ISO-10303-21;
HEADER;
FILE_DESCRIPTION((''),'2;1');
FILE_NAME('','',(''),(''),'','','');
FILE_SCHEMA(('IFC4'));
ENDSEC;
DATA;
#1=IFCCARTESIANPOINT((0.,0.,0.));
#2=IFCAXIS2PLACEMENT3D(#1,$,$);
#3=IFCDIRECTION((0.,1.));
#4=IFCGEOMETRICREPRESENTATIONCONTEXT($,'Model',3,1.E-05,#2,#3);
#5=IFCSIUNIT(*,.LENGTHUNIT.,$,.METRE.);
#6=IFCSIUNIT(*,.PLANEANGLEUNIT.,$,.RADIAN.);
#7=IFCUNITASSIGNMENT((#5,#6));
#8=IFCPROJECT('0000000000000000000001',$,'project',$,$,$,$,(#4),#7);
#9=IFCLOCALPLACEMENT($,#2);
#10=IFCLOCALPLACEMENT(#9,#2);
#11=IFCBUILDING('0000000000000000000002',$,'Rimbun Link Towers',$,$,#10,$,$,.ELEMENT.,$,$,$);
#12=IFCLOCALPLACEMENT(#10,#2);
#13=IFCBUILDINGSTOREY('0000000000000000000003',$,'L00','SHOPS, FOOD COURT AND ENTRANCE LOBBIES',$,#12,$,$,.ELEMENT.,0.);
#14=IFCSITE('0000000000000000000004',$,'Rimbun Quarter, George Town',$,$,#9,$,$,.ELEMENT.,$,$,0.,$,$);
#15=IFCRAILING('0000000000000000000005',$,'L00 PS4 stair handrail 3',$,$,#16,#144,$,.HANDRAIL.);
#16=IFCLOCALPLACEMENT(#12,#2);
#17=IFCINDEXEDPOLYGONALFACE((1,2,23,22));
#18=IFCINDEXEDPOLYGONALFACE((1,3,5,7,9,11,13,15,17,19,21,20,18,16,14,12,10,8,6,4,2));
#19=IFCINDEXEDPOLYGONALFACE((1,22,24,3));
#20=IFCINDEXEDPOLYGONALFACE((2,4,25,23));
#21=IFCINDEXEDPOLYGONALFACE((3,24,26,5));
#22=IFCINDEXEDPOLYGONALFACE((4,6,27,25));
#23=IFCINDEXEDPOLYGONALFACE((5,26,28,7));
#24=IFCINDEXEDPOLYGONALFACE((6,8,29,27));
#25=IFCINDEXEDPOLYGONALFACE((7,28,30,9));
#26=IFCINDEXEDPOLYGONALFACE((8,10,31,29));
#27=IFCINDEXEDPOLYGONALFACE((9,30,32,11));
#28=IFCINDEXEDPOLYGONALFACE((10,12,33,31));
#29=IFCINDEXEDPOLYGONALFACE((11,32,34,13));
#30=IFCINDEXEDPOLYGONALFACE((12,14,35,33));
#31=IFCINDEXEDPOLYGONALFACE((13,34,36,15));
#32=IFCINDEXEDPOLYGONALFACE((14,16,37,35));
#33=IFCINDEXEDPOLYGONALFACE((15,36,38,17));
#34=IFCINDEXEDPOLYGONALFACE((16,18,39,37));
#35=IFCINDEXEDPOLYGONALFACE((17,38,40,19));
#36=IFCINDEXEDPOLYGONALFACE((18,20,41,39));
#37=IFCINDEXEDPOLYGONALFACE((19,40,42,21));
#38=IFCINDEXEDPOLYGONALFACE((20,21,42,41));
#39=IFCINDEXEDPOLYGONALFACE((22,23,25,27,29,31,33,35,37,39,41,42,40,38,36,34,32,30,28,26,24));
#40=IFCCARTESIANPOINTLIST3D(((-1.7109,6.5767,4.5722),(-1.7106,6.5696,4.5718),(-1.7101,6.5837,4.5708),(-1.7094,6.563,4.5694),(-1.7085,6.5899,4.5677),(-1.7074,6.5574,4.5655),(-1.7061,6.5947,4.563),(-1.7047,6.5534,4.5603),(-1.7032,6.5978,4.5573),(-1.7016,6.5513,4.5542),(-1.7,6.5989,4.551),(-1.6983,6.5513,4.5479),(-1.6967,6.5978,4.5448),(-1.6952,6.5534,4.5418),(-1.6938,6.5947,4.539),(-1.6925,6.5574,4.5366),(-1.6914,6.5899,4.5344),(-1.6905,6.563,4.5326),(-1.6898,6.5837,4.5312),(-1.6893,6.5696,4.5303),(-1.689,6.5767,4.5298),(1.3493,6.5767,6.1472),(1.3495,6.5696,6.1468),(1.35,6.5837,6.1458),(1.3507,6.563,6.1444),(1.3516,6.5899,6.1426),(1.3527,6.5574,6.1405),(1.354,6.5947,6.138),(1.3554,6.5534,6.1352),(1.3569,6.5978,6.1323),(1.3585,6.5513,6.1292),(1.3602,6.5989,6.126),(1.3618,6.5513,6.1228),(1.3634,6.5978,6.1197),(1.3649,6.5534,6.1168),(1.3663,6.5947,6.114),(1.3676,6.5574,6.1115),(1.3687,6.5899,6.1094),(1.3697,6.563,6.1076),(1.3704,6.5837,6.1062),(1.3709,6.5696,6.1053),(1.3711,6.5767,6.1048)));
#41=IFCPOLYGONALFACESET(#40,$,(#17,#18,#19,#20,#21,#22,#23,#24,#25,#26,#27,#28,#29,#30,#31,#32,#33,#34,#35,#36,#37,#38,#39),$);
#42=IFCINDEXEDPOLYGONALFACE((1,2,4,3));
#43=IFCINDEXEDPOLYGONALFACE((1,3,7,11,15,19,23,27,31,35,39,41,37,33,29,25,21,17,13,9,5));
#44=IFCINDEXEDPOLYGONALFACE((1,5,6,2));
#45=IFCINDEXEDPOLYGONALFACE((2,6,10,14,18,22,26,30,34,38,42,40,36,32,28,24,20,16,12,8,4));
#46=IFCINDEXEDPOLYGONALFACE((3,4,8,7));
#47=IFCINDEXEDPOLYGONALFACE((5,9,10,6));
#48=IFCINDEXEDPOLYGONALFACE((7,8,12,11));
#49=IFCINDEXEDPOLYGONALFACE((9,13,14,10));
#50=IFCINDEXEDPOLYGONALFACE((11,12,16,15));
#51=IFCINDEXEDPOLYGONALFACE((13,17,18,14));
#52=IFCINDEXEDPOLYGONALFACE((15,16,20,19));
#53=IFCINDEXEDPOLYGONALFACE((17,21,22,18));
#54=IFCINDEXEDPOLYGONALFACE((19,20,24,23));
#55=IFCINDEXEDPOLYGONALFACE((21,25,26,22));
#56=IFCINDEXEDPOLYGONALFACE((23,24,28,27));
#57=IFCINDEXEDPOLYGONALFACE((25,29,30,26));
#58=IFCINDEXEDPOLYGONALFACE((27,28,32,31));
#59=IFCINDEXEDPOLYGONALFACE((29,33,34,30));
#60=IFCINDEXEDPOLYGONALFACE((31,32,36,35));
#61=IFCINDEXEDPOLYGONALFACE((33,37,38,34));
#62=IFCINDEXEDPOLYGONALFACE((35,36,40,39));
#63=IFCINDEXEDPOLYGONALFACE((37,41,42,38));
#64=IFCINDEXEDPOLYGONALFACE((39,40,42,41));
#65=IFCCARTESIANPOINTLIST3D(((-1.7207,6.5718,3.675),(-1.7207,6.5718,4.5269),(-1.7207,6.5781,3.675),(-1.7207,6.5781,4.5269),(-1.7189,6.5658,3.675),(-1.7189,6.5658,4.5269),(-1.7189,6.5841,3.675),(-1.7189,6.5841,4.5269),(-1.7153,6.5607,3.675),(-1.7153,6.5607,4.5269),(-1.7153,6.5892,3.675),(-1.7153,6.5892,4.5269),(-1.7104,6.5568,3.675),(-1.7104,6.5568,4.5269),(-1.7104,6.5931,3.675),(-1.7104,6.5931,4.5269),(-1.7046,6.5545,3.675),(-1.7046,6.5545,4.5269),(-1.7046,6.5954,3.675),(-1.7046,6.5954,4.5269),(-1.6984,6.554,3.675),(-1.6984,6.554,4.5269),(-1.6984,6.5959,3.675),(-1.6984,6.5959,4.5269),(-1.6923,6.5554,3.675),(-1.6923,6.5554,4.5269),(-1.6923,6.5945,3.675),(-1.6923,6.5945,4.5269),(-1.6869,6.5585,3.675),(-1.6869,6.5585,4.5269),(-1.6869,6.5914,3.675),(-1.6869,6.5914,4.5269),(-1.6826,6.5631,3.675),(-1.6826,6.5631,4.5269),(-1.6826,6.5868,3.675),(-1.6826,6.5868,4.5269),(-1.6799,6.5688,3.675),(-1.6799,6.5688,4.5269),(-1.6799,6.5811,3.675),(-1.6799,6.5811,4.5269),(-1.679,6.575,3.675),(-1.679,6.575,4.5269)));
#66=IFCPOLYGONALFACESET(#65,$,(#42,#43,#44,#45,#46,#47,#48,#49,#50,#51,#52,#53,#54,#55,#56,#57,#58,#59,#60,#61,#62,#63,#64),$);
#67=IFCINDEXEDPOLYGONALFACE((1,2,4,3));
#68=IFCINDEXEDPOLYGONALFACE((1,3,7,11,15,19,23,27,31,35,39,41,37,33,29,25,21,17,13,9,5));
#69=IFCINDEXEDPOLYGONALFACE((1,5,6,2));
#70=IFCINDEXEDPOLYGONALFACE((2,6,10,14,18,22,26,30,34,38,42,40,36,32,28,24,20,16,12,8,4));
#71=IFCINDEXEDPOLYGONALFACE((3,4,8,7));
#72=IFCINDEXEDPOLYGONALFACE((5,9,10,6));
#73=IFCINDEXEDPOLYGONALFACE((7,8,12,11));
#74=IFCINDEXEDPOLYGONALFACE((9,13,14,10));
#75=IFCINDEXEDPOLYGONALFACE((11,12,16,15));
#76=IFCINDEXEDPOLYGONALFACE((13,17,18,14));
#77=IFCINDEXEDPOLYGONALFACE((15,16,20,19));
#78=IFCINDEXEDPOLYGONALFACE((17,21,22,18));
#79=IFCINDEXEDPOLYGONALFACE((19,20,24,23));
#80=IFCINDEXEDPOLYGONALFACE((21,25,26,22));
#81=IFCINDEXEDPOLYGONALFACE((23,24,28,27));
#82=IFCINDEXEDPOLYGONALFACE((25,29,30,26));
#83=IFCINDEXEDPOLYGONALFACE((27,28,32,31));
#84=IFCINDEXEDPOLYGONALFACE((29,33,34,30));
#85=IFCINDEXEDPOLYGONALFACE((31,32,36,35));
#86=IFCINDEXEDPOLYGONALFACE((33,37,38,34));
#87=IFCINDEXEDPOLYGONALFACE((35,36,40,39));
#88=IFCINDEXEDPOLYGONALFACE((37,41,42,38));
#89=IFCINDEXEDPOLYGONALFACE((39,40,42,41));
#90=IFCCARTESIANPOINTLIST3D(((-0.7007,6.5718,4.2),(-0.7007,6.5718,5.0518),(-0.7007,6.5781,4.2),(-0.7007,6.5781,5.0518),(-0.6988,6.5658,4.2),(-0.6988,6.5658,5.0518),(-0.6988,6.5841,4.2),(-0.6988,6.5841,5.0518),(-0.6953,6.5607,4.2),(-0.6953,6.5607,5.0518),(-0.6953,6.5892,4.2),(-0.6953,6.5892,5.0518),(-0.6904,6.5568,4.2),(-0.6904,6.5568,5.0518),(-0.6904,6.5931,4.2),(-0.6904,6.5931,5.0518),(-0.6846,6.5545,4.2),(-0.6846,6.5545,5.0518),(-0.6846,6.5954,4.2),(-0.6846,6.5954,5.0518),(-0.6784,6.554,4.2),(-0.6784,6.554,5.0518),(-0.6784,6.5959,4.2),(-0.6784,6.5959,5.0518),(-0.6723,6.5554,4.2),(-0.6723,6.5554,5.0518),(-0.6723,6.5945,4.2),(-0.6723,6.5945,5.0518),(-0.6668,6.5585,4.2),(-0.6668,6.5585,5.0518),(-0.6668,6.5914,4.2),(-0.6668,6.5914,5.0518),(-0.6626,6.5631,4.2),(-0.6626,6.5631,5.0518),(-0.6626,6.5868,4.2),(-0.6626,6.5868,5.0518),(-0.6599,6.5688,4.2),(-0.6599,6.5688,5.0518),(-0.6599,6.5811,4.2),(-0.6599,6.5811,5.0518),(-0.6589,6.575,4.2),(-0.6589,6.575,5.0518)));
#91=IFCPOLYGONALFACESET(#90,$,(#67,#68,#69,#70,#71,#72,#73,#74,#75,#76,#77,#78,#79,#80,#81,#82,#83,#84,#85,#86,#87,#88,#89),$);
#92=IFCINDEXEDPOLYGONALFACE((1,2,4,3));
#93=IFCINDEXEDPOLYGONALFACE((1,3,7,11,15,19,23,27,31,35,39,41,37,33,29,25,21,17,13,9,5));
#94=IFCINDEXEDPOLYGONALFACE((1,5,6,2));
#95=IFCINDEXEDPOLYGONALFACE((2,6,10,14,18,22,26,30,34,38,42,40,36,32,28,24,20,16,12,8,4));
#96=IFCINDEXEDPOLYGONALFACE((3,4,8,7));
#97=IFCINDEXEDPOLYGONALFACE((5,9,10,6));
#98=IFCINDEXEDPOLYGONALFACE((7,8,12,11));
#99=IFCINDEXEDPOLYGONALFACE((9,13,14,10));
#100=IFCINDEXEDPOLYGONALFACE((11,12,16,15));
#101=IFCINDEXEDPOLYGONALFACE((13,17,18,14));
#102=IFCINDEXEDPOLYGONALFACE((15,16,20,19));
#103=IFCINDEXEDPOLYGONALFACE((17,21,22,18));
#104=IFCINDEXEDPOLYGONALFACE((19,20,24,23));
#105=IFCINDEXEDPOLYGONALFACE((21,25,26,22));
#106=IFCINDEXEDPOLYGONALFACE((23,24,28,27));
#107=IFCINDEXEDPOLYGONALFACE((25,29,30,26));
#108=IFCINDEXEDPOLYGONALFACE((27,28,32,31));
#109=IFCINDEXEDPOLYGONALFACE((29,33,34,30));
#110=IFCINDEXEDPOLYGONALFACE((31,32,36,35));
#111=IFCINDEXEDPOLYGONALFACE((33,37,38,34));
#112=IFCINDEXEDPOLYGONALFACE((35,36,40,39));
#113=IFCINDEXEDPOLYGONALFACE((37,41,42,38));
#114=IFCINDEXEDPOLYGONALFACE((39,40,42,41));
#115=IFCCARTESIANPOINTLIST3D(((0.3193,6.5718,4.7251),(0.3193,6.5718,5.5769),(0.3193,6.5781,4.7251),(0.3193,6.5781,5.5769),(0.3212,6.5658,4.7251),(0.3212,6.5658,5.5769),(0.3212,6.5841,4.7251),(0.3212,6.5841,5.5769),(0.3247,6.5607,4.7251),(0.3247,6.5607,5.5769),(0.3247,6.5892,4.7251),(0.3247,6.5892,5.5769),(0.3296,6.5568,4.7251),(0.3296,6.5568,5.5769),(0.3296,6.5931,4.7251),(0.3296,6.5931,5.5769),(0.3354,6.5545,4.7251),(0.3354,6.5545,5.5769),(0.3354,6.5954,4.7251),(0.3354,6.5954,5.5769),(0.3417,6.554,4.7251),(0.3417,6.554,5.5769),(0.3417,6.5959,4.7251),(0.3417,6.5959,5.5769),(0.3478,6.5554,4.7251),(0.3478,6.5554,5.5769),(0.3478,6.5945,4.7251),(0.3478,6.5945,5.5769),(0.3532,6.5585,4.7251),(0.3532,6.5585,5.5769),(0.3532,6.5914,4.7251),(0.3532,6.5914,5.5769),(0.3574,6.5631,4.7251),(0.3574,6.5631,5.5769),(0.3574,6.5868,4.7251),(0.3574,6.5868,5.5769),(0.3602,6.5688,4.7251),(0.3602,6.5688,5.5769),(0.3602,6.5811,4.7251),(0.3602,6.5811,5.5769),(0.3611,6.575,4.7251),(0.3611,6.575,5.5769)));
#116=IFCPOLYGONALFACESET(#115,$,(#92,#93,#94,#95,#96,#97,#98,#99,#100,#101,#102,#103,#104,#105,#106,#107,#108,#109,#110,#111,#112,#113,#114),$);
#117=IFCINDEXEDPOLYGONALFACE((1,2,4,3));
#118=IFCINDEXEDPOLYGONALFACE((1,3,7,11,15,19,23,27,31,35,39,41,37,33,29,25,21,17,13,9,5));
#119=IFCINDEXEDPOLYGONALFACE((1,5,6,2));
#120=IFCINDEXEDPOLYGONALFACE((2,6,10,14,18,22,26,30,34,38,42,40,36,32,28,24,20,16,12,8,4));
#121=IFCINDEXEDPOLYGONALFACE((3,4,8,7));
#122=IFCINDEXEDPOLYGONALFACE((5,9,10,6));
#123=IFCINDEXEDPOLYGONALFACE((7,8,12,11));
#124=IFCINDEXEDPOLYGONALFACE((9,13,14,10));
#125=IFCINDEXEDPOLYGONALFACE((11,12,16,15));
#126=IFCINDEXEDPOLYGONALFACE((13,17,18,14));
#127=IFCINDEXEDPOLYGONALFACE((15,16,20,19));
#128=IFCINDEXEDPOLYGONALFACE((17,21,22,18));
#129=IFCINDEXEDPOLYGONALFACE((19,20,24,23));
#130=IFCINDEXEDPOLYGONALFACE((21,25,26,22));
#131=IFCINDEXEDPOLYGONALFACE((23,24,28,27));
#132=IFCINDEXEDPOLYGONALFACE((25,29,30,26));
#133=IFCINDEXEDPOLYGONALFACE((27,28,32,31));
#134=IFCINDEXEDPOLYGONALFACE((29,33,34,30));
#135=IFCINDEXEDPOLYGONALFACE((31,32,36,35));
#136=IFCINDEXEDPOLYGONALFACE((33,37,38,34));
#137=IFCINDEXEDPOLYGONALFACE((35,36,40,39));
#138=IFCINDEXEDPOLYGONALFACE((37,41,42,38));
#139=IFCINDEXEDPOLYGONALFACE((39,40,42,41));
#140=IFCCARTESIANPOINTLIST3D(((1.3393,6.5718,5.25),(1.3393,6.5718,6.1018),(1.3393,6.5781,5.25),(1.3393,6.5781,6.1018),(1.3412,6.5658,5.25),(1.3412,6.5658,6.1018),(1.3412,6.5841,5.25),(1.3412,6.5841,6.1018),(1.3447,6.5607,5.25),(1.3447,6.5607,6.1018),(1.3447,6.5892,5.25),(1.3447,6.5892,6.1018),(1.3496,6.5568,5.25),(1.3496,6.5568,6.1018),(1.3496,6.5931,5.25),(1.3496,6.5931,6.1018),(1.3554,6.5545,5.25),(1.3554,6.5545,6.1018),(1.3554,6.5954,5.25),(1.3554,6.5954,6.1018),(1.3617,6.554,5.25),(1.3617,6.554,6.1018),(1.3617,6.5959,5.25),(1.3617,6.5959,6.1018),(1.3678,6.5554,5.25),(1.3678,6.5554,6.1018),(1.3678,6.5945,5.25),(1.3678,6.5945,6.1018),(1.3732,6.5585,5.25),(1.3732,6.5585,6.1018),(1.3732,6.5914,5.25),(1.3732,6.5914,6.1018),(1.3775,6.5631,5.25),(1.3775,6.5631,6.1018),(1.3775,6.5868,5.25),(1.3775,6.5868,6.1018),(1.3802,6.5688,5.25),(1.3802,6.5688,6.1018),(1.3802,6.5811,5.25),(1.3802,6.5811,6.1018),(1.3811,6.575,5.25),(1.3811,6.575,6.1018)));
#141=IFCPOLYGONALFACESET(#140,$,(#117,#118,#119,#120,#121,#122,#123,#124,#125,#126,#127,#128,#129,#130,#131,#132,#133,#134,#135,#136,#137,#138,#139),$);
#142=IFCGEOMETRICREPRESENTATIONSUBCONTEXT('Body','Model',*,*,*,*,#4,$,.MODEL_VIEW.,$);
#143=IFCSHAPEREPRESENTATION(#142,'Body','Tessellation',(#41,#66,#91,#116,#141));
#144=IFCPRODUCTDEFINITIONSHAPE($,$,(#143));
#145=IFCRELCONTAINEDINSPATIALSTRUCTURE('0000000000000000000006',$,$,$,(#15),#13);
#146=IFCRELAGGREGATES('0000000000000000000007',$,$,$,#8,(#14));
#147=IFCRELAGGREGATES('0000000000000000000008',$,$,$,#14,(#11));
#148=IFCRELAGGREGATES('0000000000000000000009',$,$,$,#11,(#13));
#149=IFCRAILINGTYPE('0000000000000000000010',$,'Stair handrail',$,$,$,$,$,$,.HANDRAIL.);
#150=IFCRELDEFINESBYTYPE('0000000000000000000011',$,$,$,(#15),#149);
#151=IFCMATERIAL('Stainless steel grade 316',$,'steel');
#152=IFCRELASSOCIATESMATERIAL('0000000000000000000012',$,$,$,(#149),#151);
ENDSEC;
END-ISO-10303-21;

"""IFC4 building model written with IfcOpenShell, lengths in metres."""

from ifc_helpers import new_model, si_unit, direction, frame, origin, origin_2d, place, context, subcontext, project, spatial, circle, extrude, material, type_object, element, save


model = new_model("IFC4")

# Units and contexts
model_context = context("Model", 3, precision=1e-05, world=origin(), true_north=direction((0.0, 1.0)))
body_context = subcontext(model_context, "Body", "Model", "MODEL_VIEW")
ifc_project = project(units=[si_unit("LENGTHUNIT", "METRE"), si_unit("PLANEANGLEUNIT", "RADIAN")], contexts=[model_context])

# Site, building, storey
site_placement = place(None, origin())
site = spatial("IfcSite", under=ifc_project, at=site_placement, Name="Rimbun Quarter, George Town", CompositionType="ELEMENT", RefElevation=0.0)
building_placement = place(site_placement, origin())
building = spatial("IfcBuilding", under=site, at=building_placement, Name="Rimbun Link Towers", CompositionType="ELEMENT")
storey_placement = place(building_placement, origin())
storey = spatial("IfcBuildingStorey", under=building, at=storey_placement, Name="L00", Description="SHOPS, FOOD COURT AND ENTRANCE LOBBIES", CompositionType="ELEMENT", Elevation=0.0)

# Railing
ifc_material_1 = material(Name="Stainless steel grade 316", Category="steel")
railing_type_1 = type_object("IfcRailingType", Name="Stair handrail", PredefinedType="HANDRAIL", material=ifc_material_1)
for number, where, name in (
    (1, (-1.7, 6.575, 3.675), "L00 PS4 stair handrail 3"),
):
    element("IfcRailing", number, at=place(storey_placement, frame(where)), inside=storey, type_object=railing_type_1, Name=name, PredefinedType="HANDRAIL", context=body_context, shape_type="SweptSolid", body=[
        extrude(circle(Radius=0.0239, at=origin_2d()), frame((0.0, 0.0, 0.876), z_axis=(0.889145, 0.0, 0.457625), x_axis=(0.0, 1.0, 0.0)), (0.0, 0.0, 1.0), 3.4417),
        extrude(circle(Radius=0.021, at=origin_2d()), origin(), (0.0, 0.0, 1.0), 0.8518),
        extrude(circle(Radius=0.021, at=origin_2d()), frame((1.02, 0.0, 0.5249)), (0.0, 0.0, 1.0), 0.8518),
        extrude(circle(Radius=0.021, at=origin_2d()), frame((2.04, 0.0, 1.05)), (0.0, 0.0, 1.0), 0.8518),
        extrude(circle(Radius=0.021, at=origin_2d()), frame((3.0601, 0.0, 1.575)), (0.0, 0.0, 1.0), 0.8518),
    ])

save(model, "model.ifc")
